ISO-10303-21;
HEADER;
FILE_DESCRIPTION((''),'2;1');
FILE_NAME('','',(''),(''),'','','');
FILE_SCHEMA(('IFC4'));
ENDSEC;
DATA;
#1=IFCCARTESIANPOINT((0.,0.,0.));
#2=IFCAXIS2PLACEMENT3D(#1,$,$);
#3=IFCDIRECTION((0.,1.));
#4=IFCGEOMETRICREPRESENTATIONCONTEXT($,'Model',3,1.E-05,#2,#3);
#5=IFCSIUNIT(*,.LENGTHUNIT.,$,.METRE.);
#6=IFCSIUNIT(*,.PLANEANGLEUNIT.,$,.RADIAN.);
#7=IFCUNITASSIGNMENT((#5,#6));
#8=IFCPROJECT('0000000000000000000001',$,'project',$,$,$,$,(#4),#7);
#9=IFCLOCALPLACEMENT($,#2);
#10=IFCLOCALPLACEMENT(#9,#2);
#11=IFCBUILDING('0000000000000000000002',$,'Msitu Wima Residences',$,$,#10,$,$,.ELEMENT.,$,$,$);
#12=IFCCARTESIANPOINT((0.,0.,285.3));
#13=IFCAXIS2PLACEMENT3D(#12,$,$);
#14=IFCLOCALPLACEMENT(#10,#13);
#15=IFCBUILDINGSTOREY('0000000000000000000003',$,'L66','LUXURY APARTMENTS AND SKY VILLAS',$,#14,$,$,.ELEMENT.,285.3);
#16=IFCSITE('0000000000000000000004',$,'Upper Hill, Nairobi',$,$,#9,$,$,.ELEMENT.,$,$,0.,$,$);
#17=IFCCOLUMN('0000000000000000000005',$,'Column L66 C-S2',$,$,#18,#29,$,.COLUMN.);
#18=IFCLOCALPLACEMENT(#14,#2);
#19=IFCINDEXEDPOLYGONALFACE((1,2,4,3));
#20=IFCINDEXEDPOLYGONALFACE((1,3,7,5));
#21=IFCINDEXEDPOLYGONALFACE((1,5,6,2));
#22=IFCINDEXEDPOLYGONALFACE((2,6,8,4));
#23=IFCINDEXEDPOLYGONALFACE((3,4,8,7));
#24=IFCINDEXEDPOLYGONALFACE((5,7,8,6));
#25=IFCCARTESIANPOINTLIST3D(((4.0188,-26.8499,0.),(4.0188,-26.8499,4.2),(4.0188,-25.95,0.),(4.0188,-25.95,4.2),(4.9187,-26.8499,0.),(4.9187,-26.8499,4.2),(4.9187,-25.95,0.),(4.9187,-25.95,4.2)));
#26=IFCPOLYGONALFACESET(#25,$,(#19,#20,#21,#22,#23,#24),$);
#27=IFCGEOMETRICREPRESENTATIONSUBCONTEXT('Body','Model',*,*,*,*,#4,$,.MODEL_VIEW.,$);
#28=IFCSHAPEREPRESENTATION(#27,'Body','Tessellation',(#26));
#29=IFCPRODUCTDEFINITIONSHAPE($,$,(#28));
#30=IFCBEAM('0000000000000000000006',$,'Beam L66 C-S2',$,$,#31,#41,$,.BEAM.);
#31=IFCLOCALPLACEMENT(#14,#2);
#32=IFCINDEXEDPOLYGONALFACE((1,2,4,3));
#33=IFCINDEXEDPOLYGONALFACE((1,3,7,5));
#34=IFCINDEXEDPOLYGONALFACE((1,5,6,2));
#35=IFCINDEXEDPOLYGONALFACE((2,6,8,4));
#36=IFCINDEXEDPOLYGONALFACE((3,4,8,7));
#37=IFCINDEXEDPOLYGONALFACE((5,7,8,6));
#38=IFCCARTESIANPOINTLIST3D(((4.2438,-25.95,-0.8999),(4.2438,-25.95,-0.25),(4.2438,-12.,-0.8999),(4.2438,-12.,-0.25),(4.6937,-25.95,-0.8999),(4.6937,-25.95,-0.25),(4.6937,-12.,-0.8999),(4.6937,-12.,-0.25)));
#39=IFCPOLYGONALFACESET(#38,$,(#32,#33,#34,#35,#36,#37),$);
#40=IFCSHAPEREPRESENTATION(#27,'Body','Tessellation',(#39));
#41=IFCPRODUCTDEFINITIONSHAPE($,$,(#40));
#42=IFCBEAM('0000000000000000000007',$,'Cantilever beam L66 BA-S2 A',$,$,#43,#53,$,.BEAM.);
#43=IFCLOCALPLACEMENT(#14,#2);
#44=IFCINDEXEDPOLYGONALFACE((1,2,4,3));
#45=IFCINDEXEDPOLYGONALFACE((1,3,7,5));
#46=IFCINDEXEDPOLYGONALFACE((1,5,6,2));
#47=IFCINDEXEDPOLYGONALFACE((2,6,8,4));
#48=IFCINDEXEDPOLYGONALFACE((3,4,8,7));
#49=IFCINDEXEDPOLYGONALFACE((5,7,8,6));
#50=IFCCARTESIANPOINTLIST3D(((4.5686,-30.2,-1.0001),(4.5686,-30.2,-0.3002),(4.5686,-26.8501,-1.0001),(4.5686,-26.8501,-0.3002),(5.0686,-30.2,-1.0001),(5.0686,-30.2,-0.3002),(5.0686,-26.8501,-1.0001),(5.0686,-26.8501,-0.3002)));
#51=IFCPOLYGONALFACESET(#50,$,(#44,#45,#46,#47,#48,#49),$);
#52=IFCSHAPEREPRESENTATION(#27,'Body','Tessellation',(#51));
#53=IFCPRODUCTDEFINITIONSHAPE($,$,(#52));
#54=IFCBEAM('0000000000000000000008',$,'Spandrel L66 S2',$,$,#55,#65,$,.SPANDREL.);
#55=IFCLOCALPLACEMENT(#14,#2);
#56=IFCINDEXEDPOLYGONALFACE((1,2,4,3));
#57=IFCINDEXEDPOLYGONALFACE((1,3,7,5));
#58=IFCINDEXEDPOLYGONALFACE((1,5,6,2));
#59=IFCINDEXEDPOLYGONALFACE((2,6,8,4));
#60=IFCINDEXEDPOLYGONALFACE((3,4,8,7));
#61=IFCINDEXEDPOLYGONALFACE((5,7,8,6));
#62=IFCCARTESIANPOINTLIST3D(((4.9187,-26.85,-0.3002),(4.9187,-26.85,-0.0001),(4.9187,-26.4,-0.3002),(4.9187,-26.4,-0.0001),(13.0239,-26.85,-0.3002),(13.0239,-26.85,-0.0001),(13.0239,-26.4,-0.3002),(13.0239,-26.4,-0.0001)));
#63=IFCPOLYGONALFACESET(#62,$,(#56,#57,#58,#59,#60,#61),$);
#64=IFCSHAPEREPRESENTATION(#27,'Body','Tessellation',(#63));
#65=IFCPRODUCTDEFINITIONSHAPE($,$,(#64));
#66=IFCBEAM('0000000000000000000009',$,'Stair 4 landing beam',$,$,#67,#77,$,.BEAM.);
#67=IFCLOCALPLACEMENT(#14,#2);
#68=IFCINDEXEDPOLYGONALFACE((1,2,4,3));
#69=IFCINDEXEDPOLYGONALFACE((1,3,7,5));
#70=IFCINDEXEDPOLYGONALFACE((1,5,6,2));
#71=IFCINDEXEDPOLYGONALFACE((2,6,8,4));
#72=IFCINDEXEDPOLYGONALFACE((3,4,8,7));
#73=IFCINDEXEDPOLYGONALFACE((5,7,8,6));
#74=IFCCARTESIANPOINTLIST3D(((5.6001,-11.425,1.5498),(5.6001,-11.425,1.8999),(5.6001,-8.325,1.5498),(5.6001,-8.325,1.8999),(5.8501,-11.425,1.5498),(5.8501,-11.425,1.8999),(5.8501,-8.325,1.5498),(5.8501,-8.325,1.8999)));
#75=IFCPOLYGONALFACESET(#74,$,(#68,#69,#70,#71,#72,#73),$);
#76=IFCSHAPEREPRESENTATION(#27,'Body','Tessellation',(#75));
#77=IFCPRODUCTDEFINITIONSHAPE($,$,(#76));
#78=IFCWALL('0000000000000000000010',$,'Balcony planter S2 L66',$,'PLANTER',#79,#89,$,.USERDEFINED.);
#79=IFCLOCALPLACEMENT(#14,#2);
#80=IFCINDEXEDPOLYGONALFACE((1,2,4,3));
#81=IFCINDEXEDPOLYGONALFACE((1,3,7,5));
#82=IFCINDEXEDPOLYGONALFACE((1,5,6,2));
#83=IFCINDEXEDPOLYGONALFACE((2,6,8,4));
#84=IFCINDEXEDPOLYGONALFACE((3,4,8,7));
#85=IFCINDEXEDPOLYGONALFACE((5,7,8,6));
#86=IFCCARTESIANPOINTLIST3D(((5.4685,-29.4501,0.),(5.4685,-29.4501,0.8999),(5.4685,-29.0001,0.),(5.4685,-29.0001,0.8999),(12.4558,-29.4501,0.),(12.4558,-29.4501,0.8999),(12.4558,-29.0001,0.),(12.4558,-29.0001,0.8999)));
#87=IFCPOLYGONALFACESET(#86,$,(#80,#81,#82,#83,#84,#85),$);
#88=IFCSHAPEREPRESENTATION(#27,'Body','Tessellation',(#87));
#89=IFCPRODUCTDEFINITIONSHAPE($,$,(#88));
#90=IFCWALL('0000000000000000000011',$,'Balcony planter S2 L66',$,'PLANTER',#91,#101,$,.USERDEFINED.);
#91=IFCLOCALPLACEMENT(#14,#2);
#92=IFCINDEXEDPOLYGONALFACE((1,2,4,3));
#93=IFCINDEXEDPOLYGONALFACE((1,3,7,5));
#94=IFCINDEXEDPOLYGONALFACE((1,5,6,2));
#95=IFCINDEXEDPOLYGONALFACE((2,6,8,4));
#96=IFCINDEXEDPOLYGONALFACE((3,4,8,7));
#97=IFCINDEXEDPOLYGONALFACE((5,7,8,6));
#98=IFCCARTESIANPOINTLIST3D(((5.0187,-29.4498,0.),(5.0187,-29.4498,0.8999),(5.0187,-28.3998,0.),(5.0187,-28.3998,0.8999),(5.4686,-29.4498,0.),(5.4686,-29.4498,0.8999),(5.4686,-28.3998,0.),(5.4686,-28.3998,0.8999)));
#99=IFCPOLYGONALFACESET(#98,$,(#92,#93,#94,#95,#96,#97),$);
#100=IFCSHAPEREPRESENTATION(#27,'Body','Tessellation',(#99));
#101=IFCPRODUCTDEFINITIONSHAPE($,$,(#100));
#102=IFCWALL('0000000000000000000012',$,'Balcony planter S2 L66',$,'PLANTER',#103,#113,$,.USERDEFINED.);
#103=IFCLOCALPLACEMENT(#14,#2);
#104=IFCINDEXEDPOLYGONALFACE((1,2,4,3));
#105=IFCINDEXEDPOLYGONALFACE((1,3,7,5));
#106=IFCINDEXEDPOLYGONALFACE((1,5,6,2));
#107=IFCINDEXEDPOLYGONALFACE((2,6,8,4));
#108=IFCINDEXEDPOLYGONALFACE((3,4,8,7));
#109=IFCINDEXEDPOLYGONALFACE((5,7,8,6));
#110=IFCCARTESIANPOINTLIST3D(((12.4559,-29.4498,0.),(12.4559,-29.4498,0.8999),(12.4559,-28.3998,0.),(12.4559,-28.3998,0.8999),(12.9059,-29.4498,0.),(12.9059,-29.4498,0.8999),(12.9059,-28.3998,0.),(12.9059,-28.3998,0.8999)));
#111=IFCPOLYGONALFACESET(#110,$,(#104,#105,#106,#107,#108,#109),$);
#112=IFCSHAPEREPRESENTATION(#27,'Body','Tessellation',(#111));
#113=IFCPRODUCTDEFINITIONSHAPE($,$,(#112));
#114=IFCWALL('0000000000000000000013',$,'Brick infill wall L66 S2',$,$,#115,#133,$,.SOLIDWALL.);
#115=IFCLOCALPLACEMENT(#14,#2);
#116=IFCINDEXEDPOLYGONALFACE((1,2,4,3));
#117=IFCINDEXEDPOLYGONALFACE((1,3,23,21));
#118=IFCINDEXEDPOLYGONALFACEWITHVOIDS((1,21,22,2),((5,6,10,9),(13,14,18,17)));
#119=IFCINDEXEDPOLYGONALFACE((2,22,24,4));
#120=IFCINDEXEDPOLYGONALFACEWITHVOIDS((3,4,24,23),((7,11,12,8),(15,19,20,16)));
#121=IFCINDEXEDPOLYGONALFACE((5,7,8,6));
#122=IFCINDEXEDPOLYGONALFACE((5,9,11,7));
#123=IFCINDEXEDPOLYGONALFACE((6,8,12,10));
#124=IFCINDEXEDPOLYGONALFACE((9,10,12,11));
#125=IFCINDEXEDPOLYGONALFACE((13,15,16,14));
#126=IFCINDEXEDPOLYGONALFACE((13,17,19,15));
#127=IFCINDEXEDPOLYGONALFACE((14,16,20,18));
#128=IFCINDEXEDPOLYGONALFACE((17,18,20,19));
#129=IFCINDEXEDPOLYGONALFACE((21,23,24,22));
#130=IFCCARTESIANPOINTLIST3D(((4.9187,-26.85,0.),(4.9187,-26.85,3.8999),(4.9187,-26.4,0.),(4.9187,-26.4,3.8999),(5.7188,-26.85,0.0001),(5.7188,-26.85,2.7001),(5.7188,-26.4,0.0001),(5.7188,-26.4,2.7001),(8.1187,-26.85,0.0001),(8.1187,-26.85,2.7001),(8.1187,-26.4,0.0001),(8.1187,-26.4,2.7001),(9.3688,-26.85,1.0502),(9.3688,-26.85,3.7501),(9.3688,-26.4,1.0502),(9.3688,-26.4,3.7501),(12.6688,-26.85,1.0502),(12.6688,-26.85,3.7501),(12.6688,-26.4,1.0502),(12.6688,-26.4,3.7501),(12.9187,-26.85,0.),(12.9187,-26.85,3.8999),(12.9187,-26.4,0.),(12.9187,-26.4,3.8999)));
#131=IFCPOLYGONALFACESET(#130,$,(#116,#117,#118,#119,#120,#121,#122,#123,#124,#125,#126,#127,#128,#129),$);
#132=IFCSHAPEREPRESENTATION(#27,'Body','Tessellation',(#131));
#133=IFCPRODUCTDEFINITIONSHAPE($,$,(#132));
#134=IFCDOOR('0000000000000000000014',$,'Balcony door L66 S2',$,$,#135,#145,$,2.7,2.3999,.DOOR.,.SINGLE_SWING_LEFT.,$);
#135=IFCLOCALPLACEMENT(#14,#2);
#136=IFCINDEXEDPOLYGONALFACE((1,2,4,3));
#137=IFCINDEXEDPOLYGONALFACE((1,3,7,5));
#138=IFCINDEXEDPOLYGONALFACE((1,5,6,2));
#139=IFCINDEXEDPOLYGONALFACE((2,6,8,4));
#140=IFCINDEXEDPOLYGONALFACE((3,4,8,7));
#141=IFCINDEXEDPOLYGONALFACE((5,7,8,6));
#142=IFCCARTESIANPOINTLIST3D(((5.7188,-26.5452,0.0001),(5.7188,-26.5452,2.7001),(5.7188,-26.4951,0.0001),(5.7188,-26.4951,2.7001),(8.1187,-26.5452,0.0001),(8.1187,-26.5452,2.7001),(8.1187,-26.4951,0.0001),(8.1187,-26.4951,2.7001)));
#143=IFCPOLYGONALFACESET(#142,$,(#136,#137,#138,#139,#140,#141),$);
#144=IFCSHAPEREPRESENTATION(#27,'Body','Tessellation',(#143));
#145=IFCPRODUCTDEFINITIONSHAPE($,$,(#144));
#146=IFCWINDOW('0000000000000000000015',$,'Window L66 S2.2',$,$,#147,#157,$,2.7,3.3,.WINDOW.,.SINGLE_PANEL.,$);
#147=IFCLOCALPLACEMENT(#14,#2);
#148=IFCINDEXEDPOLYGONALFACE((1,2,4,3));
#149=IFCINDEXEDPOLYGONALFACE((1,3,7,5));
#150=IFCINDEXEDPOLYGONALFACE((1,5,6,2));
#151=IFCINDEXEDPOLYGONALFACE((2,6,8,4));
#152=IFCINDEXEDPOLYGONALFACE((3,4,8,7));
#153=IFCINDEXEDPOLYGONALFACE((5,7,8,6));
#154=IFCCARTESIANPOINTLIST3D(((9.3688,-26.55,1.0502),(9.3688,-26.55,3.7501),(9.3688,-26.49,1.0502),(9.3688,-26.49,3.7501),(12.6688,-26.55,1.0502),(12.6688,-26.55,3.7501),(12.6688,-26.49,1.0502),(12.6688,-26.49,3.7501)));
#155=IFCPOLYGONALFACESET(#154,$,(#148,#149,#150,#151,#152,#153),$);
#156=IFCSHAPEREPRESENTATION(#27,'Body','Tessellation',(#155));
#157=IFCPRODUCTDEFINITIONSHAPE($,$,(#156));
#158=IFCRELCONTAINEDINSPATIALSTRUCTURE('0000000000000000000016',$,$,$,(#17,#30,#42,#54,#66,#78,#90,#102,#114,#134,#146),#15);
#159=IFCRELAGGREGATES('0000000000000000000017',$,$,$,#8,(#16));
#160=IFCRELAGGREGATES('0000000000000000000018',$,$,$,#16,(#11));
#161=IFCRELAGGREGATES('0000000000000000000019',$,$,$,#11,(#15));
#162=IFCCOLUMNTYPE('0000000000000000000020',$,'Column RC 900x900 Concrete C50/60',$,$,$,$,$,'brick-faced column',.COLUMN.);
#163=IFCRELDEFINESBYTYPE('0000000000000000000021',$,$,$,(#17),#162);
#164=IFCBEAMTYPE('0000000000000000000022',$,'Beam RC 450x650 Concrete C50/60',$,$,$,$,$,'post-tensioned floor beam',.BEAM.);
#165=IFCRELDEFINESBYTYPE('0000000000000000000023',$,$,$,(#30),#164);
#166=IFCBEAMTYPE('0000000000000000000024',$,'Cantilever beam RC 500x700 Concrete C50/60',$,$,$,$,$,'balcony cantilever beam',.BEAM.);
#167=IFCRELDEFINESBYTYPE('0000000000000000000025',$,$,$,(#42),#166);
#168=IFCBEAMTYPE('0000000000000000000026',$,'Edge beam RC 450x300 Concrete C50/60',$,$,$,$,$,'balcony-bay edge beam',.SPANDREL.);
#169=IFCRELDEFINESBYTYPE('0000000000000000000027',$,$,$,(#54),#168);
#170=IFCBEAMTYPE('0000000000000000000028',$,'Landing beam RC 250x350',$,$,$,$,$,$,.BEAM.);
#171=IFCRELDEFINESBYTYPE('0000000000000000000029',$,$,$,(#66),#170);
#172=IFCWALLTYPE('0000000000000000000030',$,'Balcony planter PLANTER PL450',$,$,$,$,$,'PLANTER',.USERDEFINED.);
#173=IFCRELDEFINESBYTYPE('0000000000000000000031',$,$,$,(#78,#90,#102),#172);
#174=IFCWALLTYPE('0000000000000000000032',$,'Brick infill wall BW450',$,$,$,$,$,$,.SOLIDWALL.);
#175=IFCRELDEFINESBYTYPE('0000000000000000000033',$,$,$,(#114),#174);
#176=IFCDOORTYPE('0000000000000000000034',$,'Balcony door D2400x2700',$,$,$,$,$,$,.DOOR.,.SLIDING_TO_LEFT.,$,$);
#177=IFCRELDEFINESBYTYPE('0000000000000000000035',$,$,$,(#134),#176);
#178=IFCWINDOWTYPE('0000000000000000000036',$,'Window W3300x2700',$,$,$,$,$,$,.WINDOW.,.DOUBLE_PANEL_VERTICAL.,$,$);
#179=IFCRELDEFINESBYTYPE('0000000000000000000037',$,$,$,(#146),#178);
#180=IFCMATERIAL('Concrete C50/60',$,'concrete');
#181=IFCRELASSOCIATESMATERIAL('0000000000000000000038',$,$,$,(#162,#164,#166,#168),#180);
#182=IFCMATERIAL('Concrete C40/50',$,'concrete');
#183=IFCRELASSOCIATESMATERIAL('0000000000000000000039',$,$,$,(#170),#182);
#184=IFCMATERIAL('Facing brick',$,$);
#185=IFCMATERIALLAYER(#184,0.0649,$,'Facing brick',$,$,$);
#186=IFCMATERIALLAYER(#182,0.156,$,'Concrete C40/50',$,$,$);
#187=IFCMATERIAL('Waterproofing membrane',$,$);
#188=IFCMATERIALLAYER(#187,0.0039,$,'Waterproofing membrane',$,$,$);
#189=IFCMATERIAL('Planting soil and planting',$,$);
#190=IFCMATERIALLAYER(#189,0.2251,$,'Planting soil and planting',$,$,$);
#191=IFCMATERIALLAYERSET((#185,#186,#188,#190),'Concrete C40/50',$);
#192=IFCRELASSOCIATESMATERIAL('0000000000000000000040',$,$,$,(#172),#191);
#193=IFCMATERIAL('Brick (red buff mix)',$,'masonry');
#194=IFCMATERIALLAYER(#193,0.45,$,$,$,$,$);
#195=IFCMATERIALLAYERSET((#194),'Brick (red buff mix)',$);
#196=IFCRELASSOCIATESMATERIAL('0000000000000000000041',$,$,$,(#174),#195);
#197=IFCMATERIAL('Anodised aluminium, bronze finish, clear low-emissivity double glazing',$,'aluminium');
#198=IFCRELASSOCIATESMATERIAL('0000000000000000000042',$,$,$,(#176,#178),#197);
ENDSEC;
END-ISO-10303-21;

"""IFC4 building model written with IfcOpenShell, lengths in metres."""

from ifc_helpers import new_model, si_unit, direction, frame, frame_2d, origin, origin_2d, place, context, subcontext, project, spatial, rectangle, extrude, material, layer, layer_set, material_profile, profile_set, type_object, element, fill, save


model = new_model("IFC4")

# Units and contexts
model_context = context("Model", 3, precision=1e-05, world=origin(), true_north=direction((0.0, 1.0)))
body_context = subcontext(model_context, "Body", "Model", "MODEL_VIEW")
ifc_project = project(units=[si_unit("LENGTHUNIT", "METRE"), si_unit("PLANEANGLEUNIT", "RADIAN")], contexts=[model_context])

# Site, building, storey
site_placement = place(None, origin())
site = spatial("IfcSite", under=ifc_project, at=site_placement, Name="Upper Hill, Nairobi", CompositionType="ELEMENT", RefElevation=0.0)
building_placement = place(site_placement, origin())
building = spatial("IfcBuilding", under=site, at=building_placement, Name="Msitu Wima Residences", CompositionType="ELEMENT")
storey_placement = place(building_placement, frame((0.0, 0.0, 285.3)))
storey = spatial("IfcBuildingStorey", under=building, at=storey_placement, Name="L66", Description="LUXURY APARTMENTS AND SKY VILLAS", CompositionType="ELEMENT", Elevation=285.3)

# Column
ifc_material_1 = material(Name="Concrete C50/60", Category="concrete")
ifc_material_profile_1 = material_profile(ifc_material_1, rectangle(XDim=0.8999, YDim=0.8999, at=origin_2d()), Name="RC 900x900")
ifc_profile_set_1 = profile_set([ifc_material_profile_1], Name="Concrete C50/60")
column_type = type_object("IfcColumnType", Name="Column RC 900x900 Concrete C50/60", ElementType="brick-faced column", PredefinedType="COLUMN", material=ifc_profile_set_1)
column_placement = place(storey_placement, frame((4.4688, -26.3999, 0.0), z_axis=(0.0, 0.0, 1.0), x_axis=(1.0, 0.0, 0.0)))
element("IfcColumn", 1, at=column_placement, inside=storey, type_object=column_type, Name="Column L66 C-S2", PredefinedType="COLUMN", context=body_context, shape_type="SweptSolid", body=[
    extrude(rectangle(XDim=0.8999, YDim=0.8999, at=origin_2d()), origin(), (0.0, 0.0, 1.0), 4.2),
])

# Beams
ifc_material_profile_2 = material_profile(ifc_material_1, rectangle(XDim=0.45, YDim=0.6499, at=origin_2d()), Name="RC 450x650")
ifc_profile_set_2 = profile_set([ifc_material_profile_2], Name="Concrete C50/60")
beam_type_1 = type_object("IfcBeamType", Name="Beam RC 450x650 Concrete C50/60", ElementType="post-tensioned floor beam", PredefinedType="BEAM", material=ifc_profile_set_2)
beam_1_placement = place(storey_placement, frame((4.4688, -25.95, -0.575), z_axis=(0.0, 1.0, 0.0), x_axis=(-1.0, 0.0, 0.0)))
element("IfcBeam", 2, at=beam_1_placement, inside=storey, type_object=beam_type_1, Name="Beam L66 C-S2", PredefinedType="BEAM", context=body_context, shape_type="SweptSolid", body=[
    extrude(rectangle(XDim=0.45, YDim=0.6499, at=origin_2d()), origin(), (0.0, 0.0, 1.0), 13.95),
])
ifc_material_profile_3 = material_profile(ifc_material_1, rectangle(XDim=0.5, YDim=0.7, at=origin_2d()), Name="RC 500x700")
ifc_profile_set_3 = profile_set([ifc_material_profile_3], Name="Concrete C50/60")
beam_type_2 = type_object("IfcBeamType", Name="Cantilever beam RC 500x700 Concrete C50/60", ElementType="balcony cantilever beam", PredefinedType="BEAM", material=ifc_profile_set_3)
beam_2_placement = place(storey_placement, frame((4.8186, -26.8501, -0.6501), z_axis=(0.0, -1.0, 0.0), x_axis=(1.0, 0.0, 0.0)))
element("IfcBeam", 3, at=beam_2_placement, inside=storey, type_object=beam_type_2, Name="Cantilever beam L66 BA-S2 A", PredefinedType="BEAM", context=body_context, shape_type="SweptSolid", body=[
    extrude(rectangle(XDim=0.5, YDim=0.7, at=origin_2d()), origin(), (0.0, 0.0, 1.0), 3.3499),
])
ifc_material_profile_4 = material_profile(ifc_material_1, rectangle(XDim=0.45, YDim=0.3, at=origin_2d()), Name="RC 450x300")
ifc_profile_set_4 = profile_set([ifc_material_profile_4], Name="Concrete C50/60")
beam_type_3 = type_object("IfcBeamType", Name="Edge beam RC 450x300 Concrete C50/60", ElementType="balcony-bay edge beam", PredefinedType="SPANDREL", material=ifc_profile_set_4)
beam_3_placement = place(storey_placement, frame((4.9187, -26.625, -0.1501), z_axis=(1.0, 0.0, 0.0), x_axis=(0.0, 1.0, 0.0)))
element("IfcBeam", 4, at=beam_3_placement, inside=storey, type_object=beam_type_3, Name="Spandrel L66 S2", PredefinedType="SPANDREL", context=body_context, shape_type="SweptSolid", body=[
    extrude(rectangle(XDim=0.45, YDim=0.3, at=origin_2d()), origin(), (0.0, 0.0, 1.0), 8.1052),
])
ifc_material_2 = material(Name="Concrete C40/50", Category="concrete")
ifc_material_profile_5 = material_profile(ifc_material_2, rectangle(XDim=0.25, YDim=0.3501, at=origin_2d()), Name="RC 250x350")
ifc_profile_set_5 = profile_set([ifc_material_profile_5], Name="Concrete C40/50")
beam_type_4 = type_object("IfcBeamType", Name="Landing beam RC 250x350", PredefinedType="BEAM", material=ifc_profile_set_5)
beam_4_placement = place(storey_placement, frame((5.7251, -11.425, 1.7249), z_axis=(0.0, 1.0, 0.0), x_axis=(-1.0, 0.0, 0.0)))
element("IfcBeam", 5, at=beam_4_placement, inside=storey, type_object=beam_type_4, Name="Stair 4 landing beam", PredefinedType="BEAM", context=body_context, shape_type="SweptSolid", body=[
    extrude(rectangle(XDim=0.25, YDim=0.3501, at=origin_2d()), origin(), (0.0, 0.0, 1.0), 3.1001),
])

# Walls
ifc_material_3 = material(Name="Facing brick")
ifc_layer_1 = layer(ifc_material_3, 0.0649, Name="Facing brick")
ifc_layer_2 = layer(ifc_material_2, 0.156, Name="Concrete C40/50")
ifc_material_4 = material(Name="Waterproofing membrane")
ifc_layer_3 = layer(ifc_material_4, 0.0039, Name="Waterproofing membrane")
ifc_material_5 = material(Name="Planting soil and planting")
ifc_layer_4 = layer(ifc_material_5, 0.2251, Name="Planting soil and planting")
ifc_layer_set_1 = layer_set([ifc_layer_1, ifc_layer_2, ifc_layer_3, ifc_layer_4], Name="Concrete C40/50")
wall_type_1 = type_object("IfcWallType", Name="Balcony planter PLANTER PL450", ElementType="PLANTER", PredefinedType="USERDEFINED", material=ifc_layer_set_1)
wall_1_placement = place(storey_placement, frame((5.4685, -29.2251, 0.0), z_axis=(0.0, 0.0, 1.0), x_axis=(1.0, 0.0, 0.0)))
element("IfcWall", 6, at=wall_1_placement, inside=storey, type_object=wall_type_1, Name="Balcony planter S2 L66", ObjectType="PLANTER", PredefinedType="USERDEFINED", context=body_context, shape_type="SweptSolid", body=[
    extrude(rectangle(XDim=6.9873, YDim=0.45, at=frame_2d((3.4937, 0.0))), origin(), (0.0, 0.0, 1.0), 0.8999),
])
for number, where, z_axis, x_axis, name in (
    (7, (5.2437, -28.3999, 0.0), (0.0, 0.0, 1.0), (0.0, -1.0, 0.0), "Balcony planter S2 L66"),
    (8, (12.6809, -28.3999, 0.0), (0.0, 0.0, 1.0), (0.0, -1.0, 0.0), "Balcony planter S2 L66"),
):
    element("IfcWall", number, at=place(storey_placement, frame(where, z_axis=z_axis, x_axis=x_axis)), inside=storey, type_object=wall_type_1, Name=name, ObjectType="PLANTER", PredefinedType="USERDEFINED", context=body_context, shape_type="SweptSolid", body=[
        extrude(rectangle(XDim=1.05, YDim=0.45, at=frame_2d((0.5249, 0.0))), origin(), (0.0, 0.0, 1.0), 0.8999),
    ])

# Wall, openings, door, window
ifc_material_6 = material(Name="Brick (red buff mix)", Category="masonry")
ifc_layer_5 = layer(ifc_material_6, 0.45)
ifc_layer_set_2 = layer_set([ifc_layer_5], Name="Brick (red buff mix)")
wall_type_2 = type_object("IfcWallType", Name="Brick infill wall BW450", PredefinedType="SOLIDWALL", material=ifc_layer_set_2)
wall_2_placement = place(storey_placement, frame((4.9187, -26.625, 0.0), z_axis=(0.0, 0.0, 1.0), x_axis=(1.0, 0.0, 0.0)))
wall_2 = element("IfcWall", 9, at=wall_2_placement, inside=storey, type_object=wall_type_2, Name="Brick infill wall L66 S2", PredefinedType="SOLIDWALL", context=body_context, shape_type="SweptSolid", body=[
    extrude(rectangle(XDim=8.0, YDim=0.45, at=frame_2d((4.0, 0.0))), origin(), (0.0, 0.0, 1.0), 3.8999),
])
opening_1_placement = place(wall_2_placement, frame((0.8, 0.0, 0.0)))
opening_1 = element("IfcOpeningElement", 10, at=opening_1_placement, cuts=wall_2, PredefinedType="OPENING", context=body_context, shape_type="SweptSolid", body=[
    extrude(rectangle(XDim=2.3999, YDim=2.7, at=frame_2d((1.2, 1.3501))), frame((0.0, 0.2349, 0.0), z_axis=(0.0, -1.0, 0.0), x_axis=(1.0, 0.0, 0.0)), (0.0, 0.0, 1.0), 0.47),
])
opening_2_placement = place(wall_2_placement, frame((4.4502, 0.0, 1.05)))
opening_2 = element("IfcOpeningElement", 11, at=opening_2_placement, cuts=wall_2, PredefinedType="OPENING", context=body_context, shape_type="SweptSolid", body=[
    extrude(rectangle(XDim=3.3, YDim=2.7, at=frame_2d((1.6499, 1.3501))), frame((0.0, 0.2349, 0.0), z_axis=(0.0, -1.0, 0.0), x_axis=(1.0, 0.0, 0.0)), (0.0, 0.0, 1.0), 0.47),
])
ifc_material_7 = material(Name="Anodised aluminium, bronze finish, clear low-emissivity double glazing", Category="aluminium")
door_type_1 = type_object("IfcDoorType", Name="Balcony door D2400x2700", OperationType="SLIDING_TO_LEFT", PredefinedType="DOOR", material=ifc_material_7)
door_1_placement = place(opening_1_placement, origin())
door_1 = element("IfcDoor", 12, at=door_1_placement, inside=storey, type_object=door_type_1, Name="Balcony door L66 S2", OperationType="SINGLE_SWING_LEFT", OverallHeight=2.7, OverallWidth=2.3999, PredefinedType="DOOR", context=body_context, shape_type="SweptSolid", body=[
    extrude(rectangle(XDim=2.3999, YDim=2.7, at=frame_2d((1.2, 1.3501))), frame((0.0, 0.1299, 0.0), z_axis=(0.0, -1.0, 0.0), x_axis=(1.0, 0.0, 0.0)), (0.0, 0.0, 1.0), 0.05),
])
fill(opening_1, door_1)
window_type = type_object("IfcWindowType", Name="Window W3300x2700", PartitioningType="DOUBLE_PANEL_VERTICAL", PredefinedType="WINDOW", material=ifc_material_7)
window_placement = place(opening_2_placement, origin())
window = element("IfcWindow", 13, at=window_placement, inside=storey, type_object=window_type, Name="Window L66 S2.2", OverallHeight=2.7, OverallWidth=3.3, PartitioningType="SINGLE_PANEL", PredefinedType="WINDOW", context=body_context, shape_type="SweptSolid", body=[
    extrude(rectangle(XDim=3.3, YDim=2.7, at=frame_2d((1.6499, 1.3501))), frame((0.0, 0.135, 0.0), z_axis=(0.0, -1.0, 0.0), x_axis=(1.0, 0.0, 0.0)), (0.0, 0.0, 1.0), 0.0601),
])
fill(opening_2, window)

save(model, "model.ifc")
